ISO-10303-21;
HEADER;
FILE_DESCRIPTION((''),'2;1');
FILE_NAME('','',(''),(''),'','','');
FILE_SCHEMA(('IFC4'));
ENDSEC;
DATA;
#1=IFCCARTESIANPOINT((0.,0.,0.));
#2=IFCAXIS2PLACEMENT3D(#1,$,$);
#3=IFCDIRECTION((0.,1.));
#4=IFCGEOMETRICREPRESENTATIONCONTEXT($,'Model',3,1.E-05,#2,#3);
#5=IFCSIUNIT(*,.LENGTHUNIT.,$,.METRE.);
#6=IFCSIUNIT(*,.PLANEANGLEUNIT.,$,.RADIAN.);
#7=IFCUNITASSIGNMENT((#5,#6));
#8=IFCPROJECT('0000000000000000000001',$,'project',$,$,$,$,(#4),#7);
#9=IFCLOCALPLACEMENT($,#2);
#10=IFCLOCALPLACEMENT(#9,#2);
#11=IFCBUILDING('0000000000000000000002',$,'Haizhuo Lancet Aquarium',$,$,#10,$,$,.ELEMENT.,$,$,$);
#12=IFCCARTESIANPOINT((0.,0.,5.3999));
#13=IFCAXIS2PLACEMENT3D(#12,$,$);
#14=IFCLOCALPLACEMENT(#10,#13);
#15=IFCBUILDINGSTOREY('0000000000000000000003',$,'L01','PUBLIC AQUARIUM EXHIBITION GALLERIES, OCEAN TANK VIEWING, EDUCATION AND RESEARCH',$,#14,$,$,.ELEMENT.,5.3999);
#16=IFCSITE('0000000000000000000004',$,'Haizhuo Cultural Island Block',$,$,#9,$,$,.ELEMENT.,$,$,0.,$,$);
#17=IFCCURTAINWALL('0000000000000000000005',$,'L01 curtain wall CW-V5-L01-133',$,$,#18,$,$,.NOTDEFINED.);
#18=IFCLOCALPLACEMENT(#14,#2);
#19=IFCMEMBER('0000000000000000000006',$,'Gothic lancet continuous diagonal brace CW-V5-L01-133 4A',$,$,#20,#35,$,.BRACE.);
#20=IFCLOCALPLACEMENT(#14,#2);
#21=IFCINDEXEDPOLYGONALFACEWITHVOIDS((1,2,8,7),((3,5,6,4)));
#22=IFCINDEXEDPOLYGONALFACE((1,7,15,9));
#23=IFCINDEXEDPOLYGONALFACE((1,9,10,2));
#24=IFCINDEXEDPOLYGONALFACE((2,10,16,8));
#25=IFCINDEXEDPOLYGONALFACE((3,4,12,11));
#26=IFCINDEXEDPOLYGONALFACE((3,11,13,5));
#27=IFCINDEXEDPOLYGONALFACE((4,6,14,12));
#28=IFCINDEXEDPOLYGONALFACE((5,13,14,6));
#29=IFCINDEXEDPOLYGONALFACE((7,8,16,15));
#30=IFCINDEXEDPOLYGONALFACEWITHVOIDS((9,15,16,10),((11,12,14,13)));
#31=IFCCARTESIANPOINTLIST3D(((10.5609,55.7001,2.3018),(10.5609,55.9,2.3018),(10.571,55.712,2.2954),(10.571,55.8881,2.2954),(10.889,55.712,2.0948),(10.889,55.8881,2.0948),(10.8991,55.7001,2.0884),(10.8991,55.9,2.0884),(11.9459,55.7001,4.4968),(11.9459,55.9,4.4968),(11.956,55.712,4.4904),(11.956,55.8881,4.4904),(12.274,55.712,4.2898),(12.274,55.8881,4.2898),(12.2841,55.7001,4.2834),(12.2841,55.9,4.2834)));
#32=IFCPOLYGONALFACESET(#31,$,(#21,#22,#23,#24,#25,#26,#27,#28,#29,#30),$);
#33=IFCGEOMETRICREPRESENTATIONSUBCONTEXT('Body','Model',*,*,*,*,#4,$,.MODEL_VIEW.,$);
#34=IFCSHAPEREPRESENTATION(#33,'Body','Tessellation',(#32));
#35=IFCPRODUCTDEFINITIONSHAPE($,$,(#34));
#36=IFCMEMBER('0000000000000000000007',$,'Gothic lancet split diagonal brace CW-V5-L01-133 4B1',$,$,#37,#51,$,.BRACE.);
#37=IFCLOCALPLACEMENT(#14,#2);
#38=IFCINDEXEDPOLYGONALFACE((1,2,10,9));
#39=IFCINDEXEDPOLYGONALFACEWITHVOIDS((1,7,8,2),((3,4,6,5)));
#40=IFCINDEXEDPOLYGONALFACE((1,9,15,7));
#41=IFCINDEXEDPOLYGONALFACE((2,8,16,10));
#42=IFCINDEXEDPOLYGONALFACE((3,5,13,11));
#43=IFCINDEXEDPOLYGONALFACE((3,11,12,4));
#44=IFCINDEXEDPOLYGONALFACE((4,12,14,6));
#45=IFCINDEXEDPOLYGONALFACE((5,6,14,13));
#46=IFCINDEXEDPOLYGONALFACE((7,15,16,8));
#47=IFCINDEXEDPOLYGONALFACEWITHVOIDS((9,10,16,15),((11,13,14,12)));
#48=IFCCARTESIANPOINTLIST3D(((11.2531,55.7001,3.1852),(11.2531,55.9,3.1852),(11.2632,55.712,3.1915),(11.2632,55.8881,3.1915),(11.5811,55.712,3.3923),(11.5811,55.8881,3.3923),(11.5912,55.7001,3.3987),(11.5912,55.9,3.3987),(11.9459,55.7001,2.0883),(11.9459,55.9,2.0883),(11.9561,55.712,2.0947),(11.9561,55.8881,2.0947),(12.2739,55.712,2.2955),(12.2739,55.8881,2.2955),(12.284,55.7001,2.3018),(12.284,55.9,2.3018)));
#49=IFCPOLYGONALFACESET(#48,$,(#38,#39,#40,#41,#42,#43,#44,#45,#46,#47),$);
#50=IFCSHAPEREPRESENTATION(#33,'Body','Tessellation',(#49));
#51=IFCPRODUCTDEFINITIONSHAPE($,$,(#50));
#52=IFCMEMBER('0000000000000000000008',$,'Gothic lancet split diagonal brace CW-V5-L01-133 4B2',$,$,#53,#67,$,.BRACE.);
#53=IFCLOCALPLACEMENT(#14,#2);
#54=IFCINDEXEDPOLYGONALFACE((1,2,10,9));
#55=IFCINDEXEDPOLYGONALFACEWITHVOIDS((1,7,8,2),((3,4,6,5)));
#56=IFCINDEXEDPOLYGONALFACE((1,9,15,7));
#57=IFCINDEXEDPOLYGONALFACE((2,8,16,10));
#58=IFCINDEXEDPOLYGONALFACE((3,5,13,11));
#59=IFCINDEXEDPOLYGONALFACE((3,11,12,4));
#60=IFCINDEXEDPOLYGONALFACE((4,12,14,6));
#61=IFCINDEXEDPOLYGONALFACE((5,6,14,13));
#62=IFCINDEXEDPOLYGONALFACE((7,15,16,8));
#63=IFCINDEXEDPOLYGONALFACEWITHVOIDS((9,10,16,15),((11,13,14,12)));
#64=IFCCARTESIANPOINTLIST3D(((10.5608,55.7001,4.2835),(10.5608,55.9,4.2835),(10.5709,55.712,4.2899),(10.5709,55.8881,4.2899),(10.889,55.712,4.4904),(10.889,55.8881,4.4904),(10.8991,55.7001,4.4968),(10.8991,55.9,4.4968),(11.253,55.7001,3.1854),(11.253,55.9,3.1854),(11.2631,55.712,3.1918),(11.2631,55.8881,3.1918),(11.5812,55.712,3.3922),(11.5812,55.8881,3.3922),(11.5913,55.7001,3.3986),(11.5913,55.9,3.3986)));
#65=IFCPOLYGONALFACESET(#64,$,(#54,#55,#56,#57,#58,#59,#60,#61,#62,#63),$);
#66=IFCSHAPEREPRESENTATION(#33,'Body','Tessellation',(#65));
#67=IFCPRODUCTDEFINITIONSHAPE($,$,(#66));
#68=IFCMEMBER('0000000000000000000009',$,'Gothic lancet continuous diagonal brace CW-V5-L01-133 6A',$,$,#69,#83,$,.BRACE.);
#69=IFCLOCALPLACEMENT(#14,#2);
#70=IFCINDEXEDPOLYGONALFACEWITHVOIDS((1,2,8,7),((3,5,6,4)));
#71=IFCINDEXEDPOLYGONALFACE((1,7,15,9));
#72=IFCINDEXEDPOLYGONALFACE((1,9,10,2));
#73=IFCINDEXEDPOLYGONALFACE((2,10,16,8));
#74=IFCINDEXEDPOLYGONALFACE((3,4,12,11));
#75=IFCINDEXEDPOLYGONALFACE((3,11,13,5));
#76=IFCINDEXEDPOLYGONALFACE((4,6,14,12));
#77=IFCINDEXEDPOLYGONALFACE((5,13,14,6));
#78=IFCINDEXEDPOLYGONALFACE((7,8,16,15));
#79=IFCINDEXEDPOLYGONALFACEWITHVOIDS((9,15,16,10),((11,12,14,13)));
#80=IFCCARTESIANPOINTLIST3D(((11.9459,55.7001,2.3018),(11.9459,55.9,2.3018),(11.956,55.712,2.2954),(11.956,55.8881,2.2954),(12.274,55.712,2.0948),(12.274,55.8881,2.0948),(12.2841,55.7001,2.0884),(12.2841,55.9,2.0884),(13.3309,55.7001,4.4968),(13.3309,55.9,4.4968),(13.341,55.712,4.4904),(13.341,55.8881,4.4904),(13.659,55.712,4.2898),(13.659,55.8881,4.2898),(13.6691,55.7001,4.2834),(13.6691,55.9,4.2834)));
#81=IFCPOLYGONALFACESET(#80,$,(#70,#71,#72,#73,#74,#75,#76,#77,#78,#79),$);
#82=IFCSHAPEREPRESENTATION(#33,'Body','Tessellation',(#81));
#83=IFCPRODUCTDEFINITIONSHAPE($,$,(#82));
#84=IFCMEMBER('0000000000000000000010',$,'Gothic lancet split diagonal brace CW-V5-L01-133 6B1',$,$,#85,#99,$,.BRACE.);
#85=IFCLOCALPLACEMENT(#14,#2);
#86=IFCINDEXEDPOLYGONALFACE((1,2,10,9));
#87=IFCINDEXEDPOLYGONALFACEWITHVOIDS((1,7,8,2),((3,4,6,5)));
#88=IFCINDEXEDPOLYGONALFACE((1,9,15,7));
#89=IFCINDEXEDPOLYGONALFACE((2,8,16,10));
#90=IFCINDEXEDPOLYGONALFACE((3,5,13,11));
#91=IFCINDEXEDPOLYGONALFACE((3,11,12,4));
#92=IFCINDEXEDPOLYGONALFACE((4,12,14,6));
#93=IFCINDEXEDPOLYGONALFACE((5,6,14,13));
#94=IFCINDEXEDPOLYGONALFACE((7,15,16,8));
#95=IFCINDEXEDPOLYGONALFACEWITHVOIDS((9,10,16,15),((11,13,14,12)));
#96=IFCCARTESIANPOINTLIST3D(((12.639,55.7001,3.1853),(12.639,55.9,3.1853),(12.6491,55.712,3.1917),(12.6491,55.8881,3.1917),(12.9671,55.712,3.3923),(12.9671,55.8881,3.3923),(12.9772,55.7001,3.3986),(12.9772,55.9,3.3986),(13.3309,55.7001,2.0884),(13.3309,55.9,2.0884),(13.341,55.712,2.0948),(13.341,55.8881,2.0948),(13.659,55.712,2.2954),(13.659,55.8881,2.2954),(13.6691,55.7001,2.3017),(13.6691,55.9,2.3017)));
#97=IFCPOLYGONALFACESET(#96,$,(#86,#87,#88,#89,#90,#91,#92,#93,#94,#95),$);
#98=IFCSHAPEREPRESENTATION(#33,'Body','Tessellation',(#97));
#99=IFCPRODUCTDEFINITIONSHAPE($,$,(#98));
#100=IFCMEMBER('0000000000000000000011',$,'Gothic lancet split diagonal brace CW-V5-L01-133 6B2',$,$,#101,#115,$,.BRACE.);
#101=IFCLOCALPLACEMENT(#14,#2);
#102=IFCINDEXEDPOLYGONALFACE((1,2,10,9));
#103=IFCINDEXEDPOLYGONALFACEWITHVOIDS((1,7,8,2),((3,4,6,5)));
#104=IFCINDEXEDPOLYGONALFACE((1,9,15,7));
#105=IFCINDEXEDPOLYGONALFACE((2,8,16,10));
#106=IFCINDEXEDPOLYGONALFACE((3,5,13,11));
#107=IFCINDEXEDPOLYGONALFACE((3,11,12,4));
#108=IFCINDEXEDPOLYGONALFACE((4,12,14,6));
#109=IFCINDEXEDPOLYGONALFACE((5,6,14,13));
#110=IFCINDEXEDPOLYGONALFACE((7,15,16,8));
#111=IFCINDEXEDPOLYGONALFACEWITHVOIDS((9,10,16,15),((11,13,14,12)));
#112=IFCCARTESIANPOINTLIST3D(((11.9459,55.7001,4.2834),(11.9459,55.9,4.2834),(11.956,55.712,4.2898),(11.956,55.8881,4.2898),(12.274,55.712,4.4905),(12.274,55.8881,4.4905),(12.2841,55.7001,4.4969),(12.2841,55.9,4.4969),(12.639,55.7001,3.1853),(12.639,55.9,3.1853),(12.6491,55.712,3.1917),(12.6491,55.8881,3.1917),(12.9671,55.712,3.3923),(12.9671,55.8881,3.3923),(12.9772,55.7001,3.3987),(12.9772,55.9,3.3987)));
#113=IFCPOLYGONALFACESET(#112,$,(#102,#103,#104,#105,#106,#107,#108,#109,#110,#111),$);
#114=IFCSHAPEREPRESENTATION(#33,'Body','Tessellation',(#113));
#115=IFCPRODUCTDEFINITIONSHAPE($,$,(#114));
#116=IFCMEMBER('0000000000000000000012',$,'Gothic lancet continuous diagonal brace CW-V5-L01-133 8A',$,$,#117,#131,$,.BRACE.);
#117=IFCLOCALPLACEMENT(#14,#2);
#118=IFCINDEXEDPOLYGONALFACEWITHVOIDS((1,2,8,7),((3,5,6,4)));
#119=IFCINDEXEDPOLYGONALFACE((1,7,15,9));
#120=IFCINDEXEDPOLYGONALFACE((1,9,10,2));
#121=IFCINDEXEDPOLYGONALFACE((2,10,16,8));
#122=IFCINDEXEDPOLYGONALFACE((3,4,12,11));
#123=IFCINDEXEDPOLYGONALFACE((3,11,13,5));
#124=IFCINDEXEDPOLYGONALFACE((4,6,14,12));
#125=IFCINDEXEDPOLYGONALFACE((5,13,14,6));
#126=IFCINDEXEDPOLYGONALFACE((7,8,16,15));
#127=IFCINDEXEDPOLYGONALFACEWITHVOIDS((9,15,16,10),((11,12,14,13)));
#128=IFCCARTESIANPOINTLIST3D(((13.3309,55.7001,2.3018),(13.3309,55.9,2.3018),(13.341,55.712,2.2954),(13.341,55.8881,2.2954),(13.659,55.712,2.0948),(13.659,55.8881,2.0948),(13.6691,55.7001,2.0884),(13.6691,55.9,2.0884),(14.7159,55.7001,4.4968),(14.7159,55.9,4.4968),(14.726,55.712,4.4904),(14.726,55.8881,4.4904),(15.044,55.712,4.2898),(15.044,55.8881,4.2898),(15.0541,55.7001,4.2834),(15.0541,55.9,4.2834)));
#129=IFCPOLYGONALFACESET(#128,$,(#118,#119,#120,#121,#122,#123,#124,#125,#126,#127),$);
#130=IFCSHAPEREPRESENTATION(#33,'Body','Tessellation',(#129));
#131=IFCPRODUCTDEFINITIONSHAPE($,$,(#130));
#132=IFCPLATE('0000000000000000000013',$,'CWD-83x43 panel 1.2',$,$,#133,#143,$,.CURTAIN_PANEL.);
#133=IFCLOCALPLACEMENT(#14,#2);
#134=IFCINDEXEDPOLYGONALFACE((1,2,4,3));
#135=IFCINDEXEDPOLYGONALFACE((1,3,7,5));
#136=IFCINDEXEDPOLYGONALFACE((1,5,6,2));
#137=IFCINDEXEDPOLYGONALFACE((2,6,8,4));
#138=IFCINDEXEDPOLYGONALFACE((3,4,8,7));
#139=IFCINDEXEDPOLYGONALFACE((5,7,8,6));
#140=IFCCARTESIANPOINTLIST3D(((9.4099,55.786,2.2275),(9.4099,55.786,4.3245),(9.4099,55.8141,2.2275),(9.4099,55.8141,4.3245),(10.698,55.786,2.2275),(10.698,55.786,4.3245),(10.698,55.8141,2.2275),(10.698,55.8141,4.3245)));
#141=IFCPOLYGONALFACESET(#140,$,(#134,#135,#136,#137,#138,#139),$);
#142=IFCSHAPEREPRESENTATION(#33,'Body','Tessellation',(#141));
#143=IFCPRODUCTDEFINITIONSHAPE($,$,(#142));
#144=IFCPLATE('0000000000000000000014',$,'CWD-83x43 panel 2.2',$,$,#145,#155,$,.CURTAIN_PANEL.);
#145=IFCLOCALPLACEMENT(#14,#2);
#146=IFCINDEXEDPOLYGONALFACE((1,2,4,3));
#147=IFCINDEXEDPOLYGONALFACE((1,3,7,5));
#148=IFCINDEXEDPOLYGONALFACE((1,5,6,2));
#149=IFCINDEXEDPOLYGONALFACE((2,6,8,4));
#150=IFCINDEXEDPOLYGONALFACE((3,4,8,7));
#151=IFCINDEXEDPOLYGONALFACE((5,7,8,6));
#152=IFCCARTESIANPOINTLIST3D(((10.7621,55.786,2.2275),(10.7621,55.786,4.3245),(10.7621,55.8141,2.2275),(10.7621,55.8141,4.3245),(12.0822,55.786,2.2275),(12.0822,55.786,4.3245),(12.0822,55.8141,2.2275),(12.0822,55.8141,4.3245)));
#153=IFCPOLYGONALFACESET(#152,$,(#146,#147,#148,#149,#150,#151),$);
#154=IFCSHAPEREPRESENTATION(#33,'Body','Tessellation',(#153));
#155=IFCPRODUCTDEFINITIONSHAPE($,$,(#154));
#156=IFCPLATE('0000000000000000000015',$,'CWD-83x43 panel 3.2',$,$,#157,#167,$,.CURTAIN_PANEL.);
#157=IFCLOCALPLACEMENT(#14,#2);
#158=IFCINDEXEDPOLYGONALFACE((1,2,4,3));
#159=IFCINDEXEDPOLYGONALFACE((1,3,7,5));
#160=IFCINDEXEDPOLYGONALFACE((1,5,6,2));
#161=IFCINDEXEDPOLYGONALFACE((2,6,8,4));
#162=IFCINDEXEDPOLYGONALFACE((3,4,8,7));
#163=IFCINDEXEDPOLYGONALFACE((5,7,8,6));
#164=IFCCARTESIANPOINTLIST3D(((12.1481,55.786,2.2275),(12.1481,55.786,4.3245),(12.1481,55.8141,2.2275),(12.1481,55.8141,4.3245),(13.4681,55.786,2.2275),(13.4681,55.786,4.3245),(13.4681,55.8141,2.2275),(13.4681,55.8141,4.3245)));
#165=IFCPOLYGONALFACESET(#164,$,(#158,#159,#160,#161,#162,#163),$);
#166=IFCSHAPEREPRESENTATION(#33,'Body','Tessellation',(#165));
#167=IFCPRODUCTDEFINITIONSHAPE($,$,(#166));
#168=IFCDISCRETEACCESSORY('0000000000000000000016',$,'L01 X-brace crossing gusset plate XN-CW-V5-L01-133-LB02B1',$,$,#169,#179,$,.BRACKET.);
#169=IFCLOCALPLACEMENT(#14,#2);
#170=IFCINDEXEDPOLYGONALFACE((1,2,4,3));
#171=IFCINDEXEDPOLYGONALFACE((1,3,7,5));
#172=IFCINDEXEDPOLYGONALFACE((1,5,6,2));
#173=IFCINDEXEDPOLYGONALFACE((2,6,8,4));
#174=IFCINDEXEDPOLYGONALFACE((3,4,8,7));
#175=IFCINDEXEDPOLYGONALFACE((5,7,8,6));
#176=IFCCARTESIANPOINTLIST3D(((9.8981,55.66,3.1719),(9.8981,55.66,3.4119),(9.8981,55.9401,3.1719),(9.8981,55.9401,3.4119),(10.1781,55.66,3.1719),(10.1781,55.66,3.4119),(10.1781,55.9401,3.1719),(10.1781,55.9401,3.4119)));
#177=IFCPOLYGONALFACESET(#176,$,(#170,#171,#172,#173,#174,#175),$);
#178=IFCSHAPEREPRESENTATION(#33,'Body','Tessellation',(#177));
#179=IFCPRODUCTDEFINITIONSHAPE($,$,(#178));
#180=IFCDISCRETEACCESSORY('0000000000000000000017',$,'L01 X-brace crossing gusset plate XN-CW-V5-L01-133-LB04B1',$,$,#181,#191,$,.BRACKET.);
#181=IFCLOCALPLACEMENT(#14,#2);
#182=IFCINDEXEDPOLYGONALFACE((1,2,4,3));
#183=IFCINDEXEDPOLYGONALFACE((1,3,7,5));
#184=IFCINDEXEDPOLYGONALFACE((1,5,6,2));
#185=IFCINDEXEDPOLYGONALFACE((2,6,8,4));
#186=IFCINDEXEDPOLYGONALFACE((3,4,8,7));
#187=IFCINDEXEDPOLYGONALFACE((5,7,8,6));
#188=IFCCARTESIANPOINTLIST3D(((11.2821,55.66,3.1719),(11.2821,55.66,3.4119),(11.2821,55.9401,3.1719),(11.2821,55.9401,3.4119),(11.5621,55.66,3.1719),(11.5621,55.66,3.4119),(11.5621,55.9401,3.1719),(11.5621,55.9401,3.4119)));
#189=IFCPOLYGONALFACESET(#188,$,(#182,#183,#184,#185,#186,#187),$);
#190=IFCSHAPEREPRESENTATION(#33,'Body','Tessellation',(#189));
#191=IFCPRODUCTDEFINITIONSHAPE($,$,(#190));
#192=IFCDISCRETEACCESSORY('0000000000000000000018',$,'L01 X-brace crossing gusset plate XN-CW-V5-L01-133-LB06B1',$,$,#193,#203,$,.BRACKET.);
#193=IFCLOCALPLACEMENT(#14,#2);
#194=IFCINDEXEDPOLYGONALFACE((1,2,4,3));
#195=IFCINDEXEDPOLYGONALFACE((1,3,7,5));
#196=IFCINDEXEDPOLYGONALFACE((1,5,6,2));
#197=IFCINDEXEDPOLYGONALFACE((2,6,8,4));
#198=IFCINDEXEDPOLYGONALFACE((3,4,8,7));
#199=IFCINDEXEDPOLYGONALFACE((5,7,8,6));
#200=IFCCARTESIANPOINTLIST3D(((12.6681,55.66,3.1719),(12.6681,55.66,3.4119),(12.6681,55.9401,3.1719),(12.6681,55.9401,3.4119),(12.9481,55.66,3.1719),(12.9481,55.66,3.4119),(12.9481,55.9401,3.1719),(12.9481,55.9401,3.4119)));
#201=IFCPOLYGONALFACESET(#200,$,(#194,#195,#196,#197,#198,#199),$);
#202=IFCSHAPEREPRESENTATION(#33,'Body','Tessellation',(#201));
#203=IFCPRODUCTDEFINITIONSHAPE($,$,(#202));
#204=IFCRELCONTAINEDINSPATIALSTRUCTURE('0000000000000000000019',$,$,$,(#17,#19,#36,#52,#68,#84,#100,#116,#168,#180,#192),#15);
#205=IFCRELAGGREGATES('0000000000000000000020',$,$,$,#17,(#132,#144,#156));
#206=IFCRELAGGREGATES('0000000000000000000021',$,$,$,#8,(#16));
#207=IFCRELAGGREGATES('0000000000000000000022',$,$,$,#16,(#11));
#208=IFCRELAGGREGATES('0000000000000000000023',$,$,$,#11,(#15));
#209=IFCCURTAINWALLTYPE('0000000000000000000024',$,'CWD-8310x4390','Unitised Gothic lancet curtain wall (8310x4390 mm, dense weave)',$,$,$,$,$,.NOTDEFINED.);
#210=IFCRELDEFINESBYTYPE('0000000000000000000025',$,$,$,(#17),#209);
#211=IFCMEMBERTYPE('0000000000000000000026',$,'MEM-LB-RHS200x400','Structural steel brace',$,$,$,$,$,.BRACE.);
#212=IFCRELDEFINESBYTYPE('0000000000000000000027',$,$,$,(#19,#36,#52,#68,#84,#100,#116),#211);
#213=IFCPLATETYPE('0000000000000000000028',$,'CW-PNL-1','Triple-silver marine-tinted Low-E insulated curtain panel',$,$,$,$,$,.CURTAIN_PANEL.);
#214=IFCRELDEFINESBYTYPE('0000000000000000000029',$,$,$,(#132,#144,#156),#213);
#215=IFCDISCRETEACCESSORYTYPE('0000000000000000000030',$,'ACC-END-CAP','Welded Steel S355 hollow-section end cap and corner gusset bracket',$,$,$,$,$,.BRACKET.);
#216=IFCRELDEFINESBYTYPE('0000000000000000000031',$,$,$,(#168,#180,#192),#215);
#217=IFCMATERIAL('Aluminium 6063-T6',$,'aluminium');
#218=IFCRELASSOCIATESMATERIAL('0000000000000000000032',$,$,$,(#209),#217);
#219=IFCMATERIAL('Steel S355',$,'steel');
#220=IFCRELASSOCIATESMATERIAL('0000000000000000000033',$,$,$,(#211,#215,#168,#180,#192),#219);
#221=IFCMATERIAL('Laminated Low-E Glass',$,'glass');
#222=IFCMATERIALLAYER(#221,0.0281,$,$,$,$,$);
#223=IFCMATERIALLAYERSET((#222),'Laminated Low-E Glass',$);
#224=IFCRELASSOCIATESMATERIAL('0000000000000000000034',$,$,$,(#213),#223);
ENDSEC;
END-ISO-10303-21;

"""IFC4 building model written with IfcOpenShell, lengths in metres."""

from ifc_helpers import new_model, si_unit, direction, frame, origin, origin_2d, place, context, subcontext, project, spatial, rectangle, hollow_rectangle, extrude, material, layer, layer_set, material_profile, profile_set, type_object, element, aggregate, save


model = new_model("IFC4")

# Units and contexts
model_context = context("Model", 3, precision=1e-05, world=origin(), true_north=direction((0.0, 1.0)))
body_context = subcontext(model_context, "Body", "Model", "MODEL_VIEW")
ifc_project = project(units=[si_unit("LENGTHUNIT", "METRE"), si_unit("PLANEANGLEUNIT", "RADIAN")], contexts=[model_context])

# Site, building, storey
site_placement = place(None, origin())
site = spatial("IfcSite", under=ifc_project, at=site_placement, Name="Haizhuo Cultural Island Block", CompositionType="ELEMENT", RefElevation=0.0)
building_placement = place(site_placement, origin())
building = spatial("IfcBuilding", under=site, at=building_placement, Name="Haizhuo Lancet Aquarium", CompositionType="ELEMENT")
storey_placement = place(building_placement, frame((0.0, 0.0, 5.3999)))
storey = spatial("IfcBuildingStorey", under=building, at=storey_placement, Name="L01", Description="PUBLIC AQUARIUM EXHIBITION GALLERIES, OCEAN TANK VIEWING, EDUCATION AND RESEARCH", CompositionType="ELEMENT", Elevation=5.3999)

# Curtain wall
ifc_material_1 = material(Name="Aluminium 6063-T6", Category="aluminium")
curtain_wall_type = type_object("IfcCurtainWallType", Name="CWD-8310x4390", Description="Unitised Gothic lancet curtain wall (8310x4390 mm, dense weave)", PredefinedType="NOTDEFINED", material=ifc_material_1)
curtain_wall_placement = place(storey_placement, origin())
curtain_wall = element("IfcCurtainWall", 1, at=curtain_wall_placement, inside=storey, type_object=curtain_wall_type, Name="L01 curtain wall CW-V5-L01-133", PredefinedType="NOTDEFINED")

# Members
ifc_material_2 = material(Name="Steel S355", Category="steel")
ifc_material_profile_1 = material_profile(ifc_material_2, hollow_rectangle(XDim=0.2, YDim=0.3999, WallThickness=0.012, at=origin_2d()), Name="RHS 200x400x12")
ifc_profile_set_1 = profile_set([ifc_material_profile_1], Name="Steel S355")
member_type_1 = type_object("IfcMemberType", Name="MEM-LB-RHS200x400", Description="Structural steel brace", PredefinedType="BRACE", material=ifc_profile_set_1)
member_1_placement = place(storey_placement, frame((10.73, 55.8, 2.1951), z_axis=(0.533621, 0.0, 0.845724), x_axis=(0.0, 1.0, 0.0)))
element("IfcMember", 2, at=member_1_placement, inside=storey, type_object=member_type_1, Name="Gothic lancet continuous diagonal brace CW-V5-L01-133 4A", PredefinedType="BRACE", context=body_context, shape_type="SweptSolid", body=[
    extrude(hollow_rectangle(XDim=0.2, YDim=0.3999, WallThickness=0.012, at=origin_2d()), origin(), (0.0, 0.0, 1.0), 2.5955),
])
member_2_placement = place(storey_placement, frame((12.115, 55.8, 2.1951), z_axis=(-0.534035, 0.0, 0.845462), x_axis=(0.0, -1.0, 0.0)))
element("IfcMember", 3, at=member_2_placement, inside=storey, type_object=member_type_1, Name="Gothic lancet split diagonal brace CW-V5-L01-133 4B1", PredefinedType="BRACE", context=body_context, shape_type="SweptSolid", body=[
    extrude(hollow_rectangle(XDim=0.2, YDim=0.3999, WallThickness=0.012, at=origin_2d()), origin(), (0.0, 0.0, 1.0), 1.2974),
])
member_3_placement = place(storey_placement, frame((11.4221, 55.8, 3.292), z_axis=(-0.533207, 0.0, 0.845985), x_axis=(0.0, -1.0, 0.0)))
element("IfcMember", 4, at=member_3_placement, inside=storey, type_object=member_type_1, Name="Gothic lancet split diagonal brace CW-V5-L01-133 4B2", PredefinedType="BRACE", context=body_context, shape_type="SweptSolid", body=[
    extrude(hollow_rectangle(XDim=0.2, YDim=0.3999, WallThickness=0.012, at=origin_2d()), origin(), (0.0, 0.0, 1.0), 1.2981),
])
member_4_placement = place(storey_placement, frame((12.115, 55.8, 2.1951), z_axis=(0.533621, 0.0, 0.845724), x_axis=(0.0, 1.0, 0.0)))
element("IfcMember", 5, at=member_4_placement, inside=storey, type_object=member_type_1, Name="Gothic lancet continuous diagonal brace CW-V5-L01-133 6A", PredefinedType="BRACE", context=body_context, shape_type="SweptSolid", body=[
    extrude(hollow_rectangle(XDim=0.2, YDim=0.3999, WallThickness=0.012, at=origin_2d()), origin(), (0.0, 0.0, 1.0), 2.5955),
])
member_5_placement = place(storey_placement, frame((13.5, 55.8, 2.1951), z_axis=(-0.533497, 0.0, 0.845802), x_axis=(0.0, -1.0, 0.0)))
element("IfcMember", 6, at=member_5_placement, inside=storey, type_object=member_type_1, Name="Gothic lancet split diagonal brace CW-V5-L01-133 6B1", PredefinedType="BRACE", context=body_context, shape_type="SweptSolid", body=[
    extrude(hollow_rectangle(XDim=0.2, YDim=0.3999, WallThickness=0.012, at=origin_2d()), origin(), (0.0, 0.0, 1.0), 1.2969),
])
member_6_placement = place(storey_placement, frame((12.8081, 55.8, 3.292), z_axis=(-0.533745, 0.0, 0.845645), x_axis=(0.0, -1.0, 0.0)))
element("IfcMember", 7, at=member_6_placement, inside=storey, type_object=member_type_1, Name="Gothic lancet split diagonal brace CW-V5-L01-133 6B2", PredefinedType="BRACE", context=body_context, shape_type="SweptSolid", body=[
    extrude(hollow_rectangle(XDim=0.2, YDim=0.3999, WallThickness=0.012, at=origin_2d()), origin(), (0.0, 0.0, 1.0), 1.2986),
])
member_7_placement = place(storey_placement, frame((13.5, 55.8, 2.1951), z_axis=(0.533621, 0.0, 0.845724), x_axis=(0.0, 1.0, 0.0)))
element("IfcMember", 8, at=member_7_placement, inside=storey, type_object=member_type_1, Name="Gothic lancet continuous diagonal brace CW-V5-L01-133 8A", PredefinedType="BRACE", context=body_context, shape_type="SweptSolid", body=[
    extrude(hollow_rectangle(XDim=0.2, YDim=0.3999, WallThickness=0.012, at=origin_2d()), origin(), (0.0, 0.0, 1.0), 2.5955),
])

# Plates
ifc_material_3 = material(Name="Laminated Low-E Glass", Category="glass")
ifc_layer = layer(ifc_material_3, 0.0281)
ifc_layer_set = layer_set([ifc_layer], Name="Laminated Low-E Glass")
plate_type = type_object("IfcPlateType", Name="CW-PNL-1", Description="Triple-silver marine-tinted Low-E insulated curtain panel", PredefinedType="CURTAIN_PANEL", material=ifc_layer_set)
plate_1_placement = place(storey_placement, frame((10.054, 55.8, 2.2275), z_axis=(0.0, 0.0, 1.0), x_axis=(1.0, 0.0, 0.0)))
plate_1 = element("IfcPlate", 9, at=plate_1_placement, type_object=plate_type, Name="CWD-83x43 panel 1.2", PredefinedType="CURTAIN_PANEL", context=body_context, shape_type="SweptSolid", body=[
    extrude(rectangle(XDim=1.2881, YDim=0.0281, at=origin_2d()), origin(), (0.0, 0.0, 1.0), 2.0969),
])
plate_2_placement = place(storey_placement, frame((11.4221, 55.8, 2.2275), z_axis=(0.0, 0.0, 1.0), x_axis=(1.0, 0.0, 0.0)))
plate_2 = element("IfcPlate", 10, at=plate_2_placement, type_object=plate_type, Name="CWD-83x43 panel 2.2", PredefinedType="CURTAIN_PANEL", context=body_context, shape_type="SweptSolid", body=[
    extrude(rectangle(XDim=1.3201, YDim=0.0281, at=origin_2d()), origin(), (0.0, 0.0, 1.0), 2.0969),
])
plate_3_placement = place(storey_placement, frame((12.8081, 55.8, 2.2275), z_axis=(0.0, 0.0, 1.0), x_axis=(1.0, 0.0, 0.0)))
plate_3 = element("IfcPlate", 11, at=plate_3_placement, type_object=plate_type, Name="CWD-83x43 panel 3.2", PredefinedType="CURTAIN_PANEL", context=body_context, shape_type="SweptSolid", body=[
    extrude(rectangle(XDim=1.3201, YDim=0.0281, at=origin_2d()), origin(), (0.0, 0.0, 1.0), 2.0969),
])
aggregate(curtain_wall, [plate_1, plate_2, plate_3])

# Discrete accessories
discrete_accessory_type = type_object("IfcDiscreteAccessoryType", Name="ACC-END-CAP", Description="Welded Steel S355 hollow-section end cap and corner gusset bracket", PredefinedType="BRACKET", material=ifc_material_2)
for number, where, z_axis, x_axis, name in (
    (12, (10.0381, 55.8, 3.1719), (0.0, 0.0, 1.0), (1.0, 0.0, 0.0), "L01 X-brace crossing gusset plate XN-CW-V5-L01-133-LB02B1"),
    (13, (11.4221, 55.8, 3.1719), (0.0, 0.0, 1.0), (1.0, 0.0, 0.0), "L01 X-brace crossing gusset plate XN-CW-V5-L01-133-LB04B1"),
    (14, (12.8081, 55.8, 3.1719), (0.0, 0.0, 1.0), (1.0, 0.0, 0.0), "L01 X-brace crossing gusset plate XN-CW-V5-L01-133-LB06B1"),
):
    element("IfcDiscreteAccessory", number, at=place(storey_placement, frame(where, z_axis=z_axis, x_axis=x_axis)), inside=storey, type_object=discrete_accessory_type, material=ifc_material_2, Name=name, PredefinedType="BRACKET", context=body_context, shape_type="SweptSolid", body=[
        extrude(rectangle(XDim=0.28, YDim=0.28, at=origin_2d()), origin(), (0.0, 0.0, 1.0), 0.24),
    ])

save(model, "model.ifc")
